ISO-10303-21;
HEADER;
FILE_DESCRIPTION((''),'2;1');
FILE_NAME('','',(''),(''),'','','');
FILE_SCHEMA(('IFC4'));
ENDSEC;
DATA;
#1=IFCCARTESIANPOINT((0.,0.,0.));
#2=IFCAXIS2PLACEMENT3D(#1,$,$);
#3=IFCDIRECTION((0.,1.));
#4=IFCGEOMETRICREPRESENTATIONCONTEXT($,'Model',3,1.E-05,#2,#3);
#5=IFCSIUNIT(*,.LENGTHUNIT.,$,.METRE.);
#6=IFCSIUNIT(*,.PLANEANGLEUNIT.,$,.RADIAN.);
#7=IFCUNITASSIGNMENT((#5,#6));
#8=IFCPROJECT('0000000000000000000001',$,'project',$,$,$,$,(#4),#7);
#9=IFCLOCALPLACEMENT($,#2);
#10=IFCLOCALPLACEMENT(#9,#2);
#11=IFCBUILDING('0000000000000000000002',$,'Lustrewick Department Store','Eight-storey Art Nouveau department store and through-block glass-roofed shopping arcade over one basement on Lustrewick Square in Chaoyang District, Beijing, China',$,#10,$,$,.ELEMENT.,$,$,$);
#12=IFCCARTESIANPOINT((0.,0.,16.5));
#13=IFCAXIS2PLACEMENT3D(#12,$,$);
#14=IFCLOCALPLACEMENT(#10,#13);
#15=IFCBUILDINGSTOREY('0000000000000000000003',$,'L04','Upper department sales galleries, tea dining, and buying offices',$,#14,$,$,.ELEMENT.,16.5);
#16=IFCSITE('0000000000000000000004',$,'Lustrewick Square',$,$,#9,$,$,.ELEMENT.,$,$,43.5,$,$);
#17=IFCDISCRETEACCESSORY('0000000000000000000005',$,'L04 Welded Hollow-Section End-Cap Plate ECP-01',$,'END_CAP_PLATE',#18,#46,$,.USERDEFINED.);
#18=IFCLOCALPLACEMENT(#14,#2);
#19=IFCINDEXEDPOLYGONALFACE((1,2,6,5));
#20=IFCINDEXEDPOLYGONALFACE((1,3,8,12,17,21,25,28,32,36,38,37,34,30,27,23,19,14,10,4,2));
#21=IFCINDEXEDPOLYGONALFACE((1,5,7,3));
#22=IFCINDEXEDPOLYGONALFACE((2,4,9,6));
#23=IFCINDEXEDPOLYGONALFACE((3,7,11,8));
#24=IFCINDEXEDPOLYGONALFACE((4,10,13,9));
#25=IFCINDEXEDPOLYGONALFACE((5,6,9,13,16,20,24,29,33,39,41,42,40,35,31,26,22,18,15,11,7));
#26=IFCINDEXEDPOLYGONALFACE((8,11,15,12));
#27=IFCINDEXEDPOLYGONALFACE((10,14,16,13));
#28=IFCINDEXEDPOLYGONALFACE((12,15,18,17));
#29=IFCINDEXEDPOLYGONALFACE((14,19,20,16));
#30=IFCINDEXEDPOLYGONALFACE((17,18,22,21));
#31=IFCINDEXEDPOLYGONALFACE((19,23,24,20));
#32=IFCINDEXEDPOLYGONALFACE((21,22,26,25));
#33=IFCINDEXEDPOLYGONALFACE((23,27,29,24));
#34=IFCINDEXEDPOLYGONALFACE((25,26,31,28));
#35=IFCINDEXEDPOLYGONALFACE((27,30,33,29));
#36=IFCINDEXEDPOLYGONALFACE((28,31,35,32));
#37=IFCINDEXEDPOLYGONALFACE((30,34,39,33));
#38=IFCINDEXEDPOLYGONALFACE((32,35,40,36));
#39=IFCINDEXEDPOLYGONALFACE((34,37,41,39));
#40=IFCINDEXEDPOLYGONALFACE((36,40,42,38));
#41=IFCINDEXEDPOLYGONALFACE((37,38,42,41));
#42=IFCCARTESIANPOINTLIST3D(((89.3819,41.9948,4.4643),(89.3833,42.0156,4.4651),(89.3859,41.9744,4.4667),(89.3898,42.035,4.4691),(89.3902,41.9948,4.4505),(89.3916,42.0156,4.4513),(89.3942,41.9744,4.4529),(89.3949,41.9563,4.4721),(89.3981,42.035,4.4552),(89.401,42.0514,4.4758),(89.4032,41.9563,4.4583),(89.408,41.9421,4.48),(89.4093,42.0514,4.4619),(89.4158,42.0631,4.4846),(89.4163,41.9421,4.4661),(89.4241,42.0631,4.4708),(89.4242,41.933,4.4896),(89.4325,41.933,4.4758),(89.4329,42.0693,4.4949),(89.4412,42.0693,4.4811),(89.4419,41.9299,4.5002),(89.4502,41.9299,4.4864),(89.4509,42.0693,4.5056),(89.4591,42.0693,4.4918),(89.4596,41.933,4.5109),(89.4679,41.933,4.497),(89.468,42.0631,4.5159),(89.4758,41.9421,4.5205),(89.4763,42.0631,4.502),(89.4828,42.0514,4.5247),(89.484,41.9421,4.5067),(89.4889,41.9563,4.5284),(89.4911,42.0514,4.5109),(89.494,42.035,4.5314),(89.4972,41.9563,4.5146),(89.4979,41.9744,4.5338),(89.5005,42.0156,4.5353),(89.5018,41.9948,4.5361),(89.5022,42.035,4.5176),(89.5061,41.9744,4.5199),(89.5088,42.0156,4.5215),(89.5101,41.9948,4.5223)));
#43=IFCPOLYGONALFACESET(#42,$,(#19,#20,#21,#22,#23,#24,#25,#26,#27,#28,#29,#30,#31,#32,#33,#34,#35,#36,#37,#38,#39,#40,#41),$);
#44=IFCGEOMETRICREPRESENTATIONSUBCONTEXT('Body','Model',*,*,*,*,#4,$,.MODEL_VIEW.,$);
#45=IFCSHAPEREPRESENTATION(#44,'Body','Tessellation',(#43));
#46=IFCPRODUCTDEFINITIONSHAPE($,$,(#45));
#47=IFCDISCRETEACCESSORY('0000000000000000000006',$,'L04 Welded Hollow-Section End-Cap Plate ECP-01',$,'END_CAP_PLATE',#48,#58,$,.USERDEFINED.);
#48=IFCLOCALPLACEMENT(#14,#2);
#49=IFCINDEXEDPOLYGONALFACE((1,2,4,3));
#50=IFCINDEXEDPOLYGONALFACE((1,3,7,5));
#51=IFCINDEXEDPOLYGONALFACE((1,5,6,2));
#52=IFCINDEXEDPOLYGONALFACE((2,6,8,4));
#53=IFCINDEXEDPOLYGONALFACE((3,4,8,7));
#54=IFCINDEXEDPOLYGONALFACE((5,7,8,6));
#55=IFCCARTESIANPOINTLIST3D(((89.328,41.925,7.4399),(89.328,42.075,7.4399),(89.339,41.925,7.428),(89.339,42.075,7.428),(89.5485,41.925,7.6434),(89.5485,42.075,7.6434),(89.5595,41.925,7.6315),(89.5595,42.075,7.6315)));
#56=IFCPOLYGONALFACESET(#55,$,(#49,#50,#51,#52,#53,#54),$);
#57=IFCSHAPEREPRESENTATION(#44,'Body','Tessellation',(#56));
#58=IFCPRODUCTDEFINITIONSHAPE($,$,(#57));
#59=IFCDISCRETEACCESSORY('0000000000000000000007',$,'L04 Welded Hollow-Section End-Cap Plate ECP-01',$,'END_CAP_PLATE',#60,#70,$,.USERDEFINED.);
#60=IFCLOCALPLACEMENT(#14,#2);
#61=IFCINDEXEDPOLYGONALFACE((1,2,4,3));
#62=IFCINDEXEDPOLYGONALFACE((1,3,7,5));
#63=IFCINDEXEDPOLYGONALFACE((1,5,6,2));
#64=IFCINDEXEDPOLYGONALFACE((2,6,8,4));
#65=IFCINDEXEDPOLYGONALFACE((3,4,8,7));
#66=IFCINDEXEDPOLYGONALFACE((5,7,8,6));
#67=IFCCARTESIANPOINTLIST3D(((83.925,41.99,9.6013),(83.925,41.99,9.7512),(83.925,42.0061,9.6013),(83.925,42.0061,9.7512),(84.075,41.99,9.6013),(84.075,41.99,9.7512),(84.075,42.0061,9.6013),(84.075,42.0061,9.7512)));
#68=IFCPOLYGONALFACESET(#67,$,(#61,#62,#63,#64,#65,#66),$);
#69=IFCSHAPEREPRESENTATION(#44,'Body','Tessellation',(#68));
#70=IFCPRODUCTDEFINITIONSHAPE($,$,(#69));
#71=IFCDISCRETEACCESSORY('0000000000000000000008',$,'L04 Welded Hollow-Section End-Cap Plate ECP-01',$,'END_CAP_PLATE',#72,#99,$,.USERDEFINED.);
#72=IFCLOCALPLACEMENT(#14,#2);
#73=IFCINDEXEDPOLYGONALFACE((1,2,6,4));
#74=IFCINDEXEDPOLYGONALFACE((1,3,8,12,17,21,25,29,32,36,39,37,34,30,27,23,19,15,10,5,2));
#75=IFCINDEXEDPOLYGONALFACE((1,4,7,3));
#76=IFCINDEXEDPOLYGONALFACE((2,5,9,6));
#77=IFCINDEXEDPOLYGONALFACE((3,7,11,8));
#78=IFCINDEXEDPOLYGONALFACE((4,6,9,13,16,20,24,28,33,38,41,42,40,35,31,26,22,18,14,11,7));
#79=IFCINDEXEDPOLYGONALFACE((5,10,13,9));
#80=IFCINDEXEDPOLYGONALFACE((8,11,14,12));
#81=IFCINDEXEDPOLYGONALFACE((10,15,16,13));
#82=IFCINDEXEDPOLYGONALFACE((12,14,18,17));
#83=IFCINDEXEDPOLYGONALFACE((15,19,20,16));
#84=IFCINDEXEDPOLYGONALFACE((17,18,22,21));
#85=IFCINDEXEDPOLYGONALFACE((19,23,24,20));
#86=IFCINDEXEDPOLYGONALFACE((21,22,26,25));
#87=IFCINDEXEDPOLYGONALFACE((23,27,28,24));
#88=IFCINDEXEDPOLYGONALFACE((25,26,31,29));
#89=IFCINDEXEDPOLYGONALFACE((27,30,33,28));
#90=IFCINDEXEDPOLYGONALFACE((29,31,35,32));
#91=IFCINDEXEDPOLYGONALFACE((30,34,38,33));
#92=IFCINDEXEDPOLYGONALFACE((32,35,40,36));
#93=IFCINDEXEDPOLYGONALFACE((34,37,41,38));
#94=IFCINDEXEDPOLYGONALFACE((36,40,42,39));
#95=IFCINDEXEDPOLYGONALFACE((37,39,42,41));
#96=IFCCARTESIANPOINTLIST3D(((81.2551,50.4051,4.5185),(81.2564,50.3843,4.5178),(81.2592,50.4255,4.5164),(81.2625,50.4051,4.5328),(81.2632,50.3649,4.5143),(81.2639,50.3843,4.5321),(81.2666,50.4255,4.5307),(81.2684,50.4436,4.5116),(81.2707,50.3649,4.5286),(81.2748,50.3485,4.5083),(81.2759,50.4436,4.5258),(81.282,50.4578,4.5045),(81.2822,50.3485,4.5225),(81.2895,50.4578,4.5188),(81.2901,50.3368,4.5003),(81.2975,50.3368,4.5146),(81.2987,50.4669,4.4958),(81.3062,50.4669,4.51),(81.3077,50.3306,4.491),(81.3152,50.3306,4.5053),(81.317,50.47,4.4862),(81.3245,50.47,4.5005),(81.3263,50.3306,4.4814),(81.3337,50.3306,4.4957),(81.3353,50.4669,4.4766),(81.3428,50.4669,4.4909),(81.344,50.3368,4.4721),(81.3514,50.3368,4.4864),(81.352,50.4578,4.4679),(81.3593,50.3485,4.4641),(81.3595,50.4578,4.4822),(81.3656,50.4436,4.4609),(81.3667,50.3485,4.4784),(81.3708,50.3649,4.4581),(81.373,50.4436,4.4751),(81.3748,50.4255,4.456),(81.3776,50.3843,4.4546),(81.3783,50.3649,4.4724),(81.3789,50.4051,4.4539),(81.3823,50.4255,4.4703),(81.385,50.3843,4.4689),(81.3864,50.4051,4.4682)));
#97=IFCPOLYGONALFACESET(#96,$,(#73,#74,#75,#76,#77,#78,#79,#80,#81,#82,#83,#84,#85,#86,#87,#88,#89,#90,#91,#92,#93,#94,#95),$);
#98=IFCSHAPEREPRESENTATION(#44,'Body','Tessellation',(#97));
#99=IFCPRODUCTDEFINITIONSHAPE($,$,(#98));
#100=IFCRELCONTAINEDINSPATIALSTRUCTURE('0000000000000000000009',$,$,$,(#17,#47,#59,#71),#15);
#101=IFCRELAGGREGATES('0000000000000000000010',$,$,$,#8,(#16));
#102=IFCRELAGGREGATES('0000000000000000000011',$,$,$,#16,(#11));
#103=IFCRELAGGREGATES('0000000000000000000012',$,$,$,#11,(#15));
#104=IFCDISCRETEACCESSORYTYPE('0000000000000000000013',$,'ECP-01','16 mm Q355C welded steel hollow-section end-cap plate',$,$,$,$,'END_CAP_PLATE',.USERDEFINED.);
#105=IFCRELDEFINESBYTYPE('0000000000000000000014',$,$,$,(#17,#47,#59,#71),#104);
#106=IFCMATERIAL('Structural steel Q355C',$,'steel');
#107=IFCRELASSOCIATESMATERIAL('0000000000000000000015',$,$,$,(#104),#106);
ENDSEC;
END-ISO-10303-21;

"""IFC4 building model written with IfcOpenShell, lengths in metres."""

from ifc_helpers import new_model, si_unit, direction, frame, origin, origin_2d, place, context, subcontext, project, spatial, rectangle, circle, extrude, material, type_object, element, save


model = new_model("IFC4")

# Units and contexts
model_context = context("Model", 3, precision=1e-05, world=origin(), true_north=direction((0.0, 1.0)))
body_context = subcontext(model_context, "Body", "Model", "MODEL_VIEW")
ifc_project = project(units=[si_unit("LENGTHUNIT", "METRE"), si_unit("PLANEANGLEUNIT", "RADIAN")], contexts=[model_context])

# Site, building, storey
site_placement = place(None, origin())
site = spatial("IfcSite", under=ifc_project, at=site_placement, Name="Lustrewick Square", CompositionType="ELEMENT", RefElevation=43.5)
building_placement = place(site_placement, origin())
building = spatial("IfcBuilding", under=site, at=building_placement, Name="Lustrewick Department Store", Description="Eight-storey Art Nouveau department store and through-block glass-roofed shopping arcade over one basement on Lustrewick Square in Chaoyang District, Beijing, China", CompositionType="ELEMENT")
storey_placement = place(building_placement, frame((0.0, 0.0, 16.5)))
storey = spatial("IfcBuildingStorey", under=building, at=storey_placement, Name="L04", Description="Upper department sales galleries, tea dining, and buying offices", CompositionType="ELEMENT", Elevation=16.5)

# Shared definitions
ifc_material_1 = material(Name="Structural steel Q355C", Category="steel")

# Discrete accessories
discrete_accessory_type = type_object("IfcDiscreteAccessoryType", Name="ECP-01", Description="16 mm Q355C welded steel hollow-section end-cap plate", ElementType="END_CAP_PLATE", PredefinedType="USERDEFINED", material=ifc_material_1)
discrete_accessory_1_placement = place(storey_placement, frame((89.4419, 42.0, 4.5002), z_axis=(0.513782, 0.0, -0.857921), x_axis=(0.0, -1.0, 0.0)))
element("IfcDiscreteAccessory", 1, at=discrete_accessory_1_placement, inside=storey, type_object=discrete_accessory_type, Name="L04 Welded Hollow-Section End-Cap Plate ECP-01", ObjectType="END_CAP_PLATE", PredefinedType="USERDEFINED", context=body_context, shape_type="SweptSolid", body=[
    extrude(circle(Radius=0.0701, at=origin_2d()), origin(), (0.0, 0.0, 1.0), 0.0161),
])
discrete_accessory_2_placement = place(storey_placement, frame((89.4492, 42.0, 7.5298), z_axis=(-0.678234, 0.0, 0.734846), x_axis=(0.0, 1.0, 0.0)))
element("IfcDiscreteAccessory", 2, at=discrete_accessory_2_placement, inside=storey, type_object=discrete_accessory_type, Name="L04 Welded Hollow-Section End-Cap Plate ECP-01", ObjectType="END_CAP_PLATE", PredefinedType="USERDEFINED", context=body_context, shape_type="SweptSolid", body=[
    extrude(rectangle(XDim=0.1499, YDim=0.3, at=origin_2d()), origin(), (0.0, 0.0, 1.0), 0.0161),
])
discrete_accessory_3_placement = place(storey_placement, frame((84.0, 42.0061, 9.6763), z_axis=(0.0, -1.0, 0.0), x_axis=(-1.0, 0.0, 0.0)))
element("IfcDiscreteAccessory", 3, at=discrete_accessory_3_placement, inside=storey, type_object=discrete_accessory_type, Name="L04 Welded Hollow-Section End-Cap Plate ECP-01", ObjectType="END_CAP_PLATE", PredefinedType="USERDEFINED", context=body_context, shape_type="SweptSolid", body=[
    extrude(rectangle(XDim=0.1499, YDim=0.1499, at=origin_2d()), origin(), (0.0, 0.0, 1.0), 0.0161),
])
discrete_accessory_4_placement = place(storey_placement, frame((81.3245, 50.3999, 4.5005), z_axis=(-0.462788, 0.0, -0.886469), x_axis=(0.0, 1.0, 0.0)))
element("IfcDiscreteAccessory", 4, at=discrete_accessory_4_placement, inside=storey, type_object=discrete_accessory_type, Name="L04 Welded Hollow-Section End-Cap Plate ECP-01", ObjectType="END_CAP_PLATE", PredefinedType="USERDEFINED", context=body_context, shape_type="SweptSolid", body=[
    extrude(circle(Radius=0.0701, at=origin_2d()), origin(), (0.0, 0.0, 1.0), 0.0161),
])

save(model, "model.ifc")
